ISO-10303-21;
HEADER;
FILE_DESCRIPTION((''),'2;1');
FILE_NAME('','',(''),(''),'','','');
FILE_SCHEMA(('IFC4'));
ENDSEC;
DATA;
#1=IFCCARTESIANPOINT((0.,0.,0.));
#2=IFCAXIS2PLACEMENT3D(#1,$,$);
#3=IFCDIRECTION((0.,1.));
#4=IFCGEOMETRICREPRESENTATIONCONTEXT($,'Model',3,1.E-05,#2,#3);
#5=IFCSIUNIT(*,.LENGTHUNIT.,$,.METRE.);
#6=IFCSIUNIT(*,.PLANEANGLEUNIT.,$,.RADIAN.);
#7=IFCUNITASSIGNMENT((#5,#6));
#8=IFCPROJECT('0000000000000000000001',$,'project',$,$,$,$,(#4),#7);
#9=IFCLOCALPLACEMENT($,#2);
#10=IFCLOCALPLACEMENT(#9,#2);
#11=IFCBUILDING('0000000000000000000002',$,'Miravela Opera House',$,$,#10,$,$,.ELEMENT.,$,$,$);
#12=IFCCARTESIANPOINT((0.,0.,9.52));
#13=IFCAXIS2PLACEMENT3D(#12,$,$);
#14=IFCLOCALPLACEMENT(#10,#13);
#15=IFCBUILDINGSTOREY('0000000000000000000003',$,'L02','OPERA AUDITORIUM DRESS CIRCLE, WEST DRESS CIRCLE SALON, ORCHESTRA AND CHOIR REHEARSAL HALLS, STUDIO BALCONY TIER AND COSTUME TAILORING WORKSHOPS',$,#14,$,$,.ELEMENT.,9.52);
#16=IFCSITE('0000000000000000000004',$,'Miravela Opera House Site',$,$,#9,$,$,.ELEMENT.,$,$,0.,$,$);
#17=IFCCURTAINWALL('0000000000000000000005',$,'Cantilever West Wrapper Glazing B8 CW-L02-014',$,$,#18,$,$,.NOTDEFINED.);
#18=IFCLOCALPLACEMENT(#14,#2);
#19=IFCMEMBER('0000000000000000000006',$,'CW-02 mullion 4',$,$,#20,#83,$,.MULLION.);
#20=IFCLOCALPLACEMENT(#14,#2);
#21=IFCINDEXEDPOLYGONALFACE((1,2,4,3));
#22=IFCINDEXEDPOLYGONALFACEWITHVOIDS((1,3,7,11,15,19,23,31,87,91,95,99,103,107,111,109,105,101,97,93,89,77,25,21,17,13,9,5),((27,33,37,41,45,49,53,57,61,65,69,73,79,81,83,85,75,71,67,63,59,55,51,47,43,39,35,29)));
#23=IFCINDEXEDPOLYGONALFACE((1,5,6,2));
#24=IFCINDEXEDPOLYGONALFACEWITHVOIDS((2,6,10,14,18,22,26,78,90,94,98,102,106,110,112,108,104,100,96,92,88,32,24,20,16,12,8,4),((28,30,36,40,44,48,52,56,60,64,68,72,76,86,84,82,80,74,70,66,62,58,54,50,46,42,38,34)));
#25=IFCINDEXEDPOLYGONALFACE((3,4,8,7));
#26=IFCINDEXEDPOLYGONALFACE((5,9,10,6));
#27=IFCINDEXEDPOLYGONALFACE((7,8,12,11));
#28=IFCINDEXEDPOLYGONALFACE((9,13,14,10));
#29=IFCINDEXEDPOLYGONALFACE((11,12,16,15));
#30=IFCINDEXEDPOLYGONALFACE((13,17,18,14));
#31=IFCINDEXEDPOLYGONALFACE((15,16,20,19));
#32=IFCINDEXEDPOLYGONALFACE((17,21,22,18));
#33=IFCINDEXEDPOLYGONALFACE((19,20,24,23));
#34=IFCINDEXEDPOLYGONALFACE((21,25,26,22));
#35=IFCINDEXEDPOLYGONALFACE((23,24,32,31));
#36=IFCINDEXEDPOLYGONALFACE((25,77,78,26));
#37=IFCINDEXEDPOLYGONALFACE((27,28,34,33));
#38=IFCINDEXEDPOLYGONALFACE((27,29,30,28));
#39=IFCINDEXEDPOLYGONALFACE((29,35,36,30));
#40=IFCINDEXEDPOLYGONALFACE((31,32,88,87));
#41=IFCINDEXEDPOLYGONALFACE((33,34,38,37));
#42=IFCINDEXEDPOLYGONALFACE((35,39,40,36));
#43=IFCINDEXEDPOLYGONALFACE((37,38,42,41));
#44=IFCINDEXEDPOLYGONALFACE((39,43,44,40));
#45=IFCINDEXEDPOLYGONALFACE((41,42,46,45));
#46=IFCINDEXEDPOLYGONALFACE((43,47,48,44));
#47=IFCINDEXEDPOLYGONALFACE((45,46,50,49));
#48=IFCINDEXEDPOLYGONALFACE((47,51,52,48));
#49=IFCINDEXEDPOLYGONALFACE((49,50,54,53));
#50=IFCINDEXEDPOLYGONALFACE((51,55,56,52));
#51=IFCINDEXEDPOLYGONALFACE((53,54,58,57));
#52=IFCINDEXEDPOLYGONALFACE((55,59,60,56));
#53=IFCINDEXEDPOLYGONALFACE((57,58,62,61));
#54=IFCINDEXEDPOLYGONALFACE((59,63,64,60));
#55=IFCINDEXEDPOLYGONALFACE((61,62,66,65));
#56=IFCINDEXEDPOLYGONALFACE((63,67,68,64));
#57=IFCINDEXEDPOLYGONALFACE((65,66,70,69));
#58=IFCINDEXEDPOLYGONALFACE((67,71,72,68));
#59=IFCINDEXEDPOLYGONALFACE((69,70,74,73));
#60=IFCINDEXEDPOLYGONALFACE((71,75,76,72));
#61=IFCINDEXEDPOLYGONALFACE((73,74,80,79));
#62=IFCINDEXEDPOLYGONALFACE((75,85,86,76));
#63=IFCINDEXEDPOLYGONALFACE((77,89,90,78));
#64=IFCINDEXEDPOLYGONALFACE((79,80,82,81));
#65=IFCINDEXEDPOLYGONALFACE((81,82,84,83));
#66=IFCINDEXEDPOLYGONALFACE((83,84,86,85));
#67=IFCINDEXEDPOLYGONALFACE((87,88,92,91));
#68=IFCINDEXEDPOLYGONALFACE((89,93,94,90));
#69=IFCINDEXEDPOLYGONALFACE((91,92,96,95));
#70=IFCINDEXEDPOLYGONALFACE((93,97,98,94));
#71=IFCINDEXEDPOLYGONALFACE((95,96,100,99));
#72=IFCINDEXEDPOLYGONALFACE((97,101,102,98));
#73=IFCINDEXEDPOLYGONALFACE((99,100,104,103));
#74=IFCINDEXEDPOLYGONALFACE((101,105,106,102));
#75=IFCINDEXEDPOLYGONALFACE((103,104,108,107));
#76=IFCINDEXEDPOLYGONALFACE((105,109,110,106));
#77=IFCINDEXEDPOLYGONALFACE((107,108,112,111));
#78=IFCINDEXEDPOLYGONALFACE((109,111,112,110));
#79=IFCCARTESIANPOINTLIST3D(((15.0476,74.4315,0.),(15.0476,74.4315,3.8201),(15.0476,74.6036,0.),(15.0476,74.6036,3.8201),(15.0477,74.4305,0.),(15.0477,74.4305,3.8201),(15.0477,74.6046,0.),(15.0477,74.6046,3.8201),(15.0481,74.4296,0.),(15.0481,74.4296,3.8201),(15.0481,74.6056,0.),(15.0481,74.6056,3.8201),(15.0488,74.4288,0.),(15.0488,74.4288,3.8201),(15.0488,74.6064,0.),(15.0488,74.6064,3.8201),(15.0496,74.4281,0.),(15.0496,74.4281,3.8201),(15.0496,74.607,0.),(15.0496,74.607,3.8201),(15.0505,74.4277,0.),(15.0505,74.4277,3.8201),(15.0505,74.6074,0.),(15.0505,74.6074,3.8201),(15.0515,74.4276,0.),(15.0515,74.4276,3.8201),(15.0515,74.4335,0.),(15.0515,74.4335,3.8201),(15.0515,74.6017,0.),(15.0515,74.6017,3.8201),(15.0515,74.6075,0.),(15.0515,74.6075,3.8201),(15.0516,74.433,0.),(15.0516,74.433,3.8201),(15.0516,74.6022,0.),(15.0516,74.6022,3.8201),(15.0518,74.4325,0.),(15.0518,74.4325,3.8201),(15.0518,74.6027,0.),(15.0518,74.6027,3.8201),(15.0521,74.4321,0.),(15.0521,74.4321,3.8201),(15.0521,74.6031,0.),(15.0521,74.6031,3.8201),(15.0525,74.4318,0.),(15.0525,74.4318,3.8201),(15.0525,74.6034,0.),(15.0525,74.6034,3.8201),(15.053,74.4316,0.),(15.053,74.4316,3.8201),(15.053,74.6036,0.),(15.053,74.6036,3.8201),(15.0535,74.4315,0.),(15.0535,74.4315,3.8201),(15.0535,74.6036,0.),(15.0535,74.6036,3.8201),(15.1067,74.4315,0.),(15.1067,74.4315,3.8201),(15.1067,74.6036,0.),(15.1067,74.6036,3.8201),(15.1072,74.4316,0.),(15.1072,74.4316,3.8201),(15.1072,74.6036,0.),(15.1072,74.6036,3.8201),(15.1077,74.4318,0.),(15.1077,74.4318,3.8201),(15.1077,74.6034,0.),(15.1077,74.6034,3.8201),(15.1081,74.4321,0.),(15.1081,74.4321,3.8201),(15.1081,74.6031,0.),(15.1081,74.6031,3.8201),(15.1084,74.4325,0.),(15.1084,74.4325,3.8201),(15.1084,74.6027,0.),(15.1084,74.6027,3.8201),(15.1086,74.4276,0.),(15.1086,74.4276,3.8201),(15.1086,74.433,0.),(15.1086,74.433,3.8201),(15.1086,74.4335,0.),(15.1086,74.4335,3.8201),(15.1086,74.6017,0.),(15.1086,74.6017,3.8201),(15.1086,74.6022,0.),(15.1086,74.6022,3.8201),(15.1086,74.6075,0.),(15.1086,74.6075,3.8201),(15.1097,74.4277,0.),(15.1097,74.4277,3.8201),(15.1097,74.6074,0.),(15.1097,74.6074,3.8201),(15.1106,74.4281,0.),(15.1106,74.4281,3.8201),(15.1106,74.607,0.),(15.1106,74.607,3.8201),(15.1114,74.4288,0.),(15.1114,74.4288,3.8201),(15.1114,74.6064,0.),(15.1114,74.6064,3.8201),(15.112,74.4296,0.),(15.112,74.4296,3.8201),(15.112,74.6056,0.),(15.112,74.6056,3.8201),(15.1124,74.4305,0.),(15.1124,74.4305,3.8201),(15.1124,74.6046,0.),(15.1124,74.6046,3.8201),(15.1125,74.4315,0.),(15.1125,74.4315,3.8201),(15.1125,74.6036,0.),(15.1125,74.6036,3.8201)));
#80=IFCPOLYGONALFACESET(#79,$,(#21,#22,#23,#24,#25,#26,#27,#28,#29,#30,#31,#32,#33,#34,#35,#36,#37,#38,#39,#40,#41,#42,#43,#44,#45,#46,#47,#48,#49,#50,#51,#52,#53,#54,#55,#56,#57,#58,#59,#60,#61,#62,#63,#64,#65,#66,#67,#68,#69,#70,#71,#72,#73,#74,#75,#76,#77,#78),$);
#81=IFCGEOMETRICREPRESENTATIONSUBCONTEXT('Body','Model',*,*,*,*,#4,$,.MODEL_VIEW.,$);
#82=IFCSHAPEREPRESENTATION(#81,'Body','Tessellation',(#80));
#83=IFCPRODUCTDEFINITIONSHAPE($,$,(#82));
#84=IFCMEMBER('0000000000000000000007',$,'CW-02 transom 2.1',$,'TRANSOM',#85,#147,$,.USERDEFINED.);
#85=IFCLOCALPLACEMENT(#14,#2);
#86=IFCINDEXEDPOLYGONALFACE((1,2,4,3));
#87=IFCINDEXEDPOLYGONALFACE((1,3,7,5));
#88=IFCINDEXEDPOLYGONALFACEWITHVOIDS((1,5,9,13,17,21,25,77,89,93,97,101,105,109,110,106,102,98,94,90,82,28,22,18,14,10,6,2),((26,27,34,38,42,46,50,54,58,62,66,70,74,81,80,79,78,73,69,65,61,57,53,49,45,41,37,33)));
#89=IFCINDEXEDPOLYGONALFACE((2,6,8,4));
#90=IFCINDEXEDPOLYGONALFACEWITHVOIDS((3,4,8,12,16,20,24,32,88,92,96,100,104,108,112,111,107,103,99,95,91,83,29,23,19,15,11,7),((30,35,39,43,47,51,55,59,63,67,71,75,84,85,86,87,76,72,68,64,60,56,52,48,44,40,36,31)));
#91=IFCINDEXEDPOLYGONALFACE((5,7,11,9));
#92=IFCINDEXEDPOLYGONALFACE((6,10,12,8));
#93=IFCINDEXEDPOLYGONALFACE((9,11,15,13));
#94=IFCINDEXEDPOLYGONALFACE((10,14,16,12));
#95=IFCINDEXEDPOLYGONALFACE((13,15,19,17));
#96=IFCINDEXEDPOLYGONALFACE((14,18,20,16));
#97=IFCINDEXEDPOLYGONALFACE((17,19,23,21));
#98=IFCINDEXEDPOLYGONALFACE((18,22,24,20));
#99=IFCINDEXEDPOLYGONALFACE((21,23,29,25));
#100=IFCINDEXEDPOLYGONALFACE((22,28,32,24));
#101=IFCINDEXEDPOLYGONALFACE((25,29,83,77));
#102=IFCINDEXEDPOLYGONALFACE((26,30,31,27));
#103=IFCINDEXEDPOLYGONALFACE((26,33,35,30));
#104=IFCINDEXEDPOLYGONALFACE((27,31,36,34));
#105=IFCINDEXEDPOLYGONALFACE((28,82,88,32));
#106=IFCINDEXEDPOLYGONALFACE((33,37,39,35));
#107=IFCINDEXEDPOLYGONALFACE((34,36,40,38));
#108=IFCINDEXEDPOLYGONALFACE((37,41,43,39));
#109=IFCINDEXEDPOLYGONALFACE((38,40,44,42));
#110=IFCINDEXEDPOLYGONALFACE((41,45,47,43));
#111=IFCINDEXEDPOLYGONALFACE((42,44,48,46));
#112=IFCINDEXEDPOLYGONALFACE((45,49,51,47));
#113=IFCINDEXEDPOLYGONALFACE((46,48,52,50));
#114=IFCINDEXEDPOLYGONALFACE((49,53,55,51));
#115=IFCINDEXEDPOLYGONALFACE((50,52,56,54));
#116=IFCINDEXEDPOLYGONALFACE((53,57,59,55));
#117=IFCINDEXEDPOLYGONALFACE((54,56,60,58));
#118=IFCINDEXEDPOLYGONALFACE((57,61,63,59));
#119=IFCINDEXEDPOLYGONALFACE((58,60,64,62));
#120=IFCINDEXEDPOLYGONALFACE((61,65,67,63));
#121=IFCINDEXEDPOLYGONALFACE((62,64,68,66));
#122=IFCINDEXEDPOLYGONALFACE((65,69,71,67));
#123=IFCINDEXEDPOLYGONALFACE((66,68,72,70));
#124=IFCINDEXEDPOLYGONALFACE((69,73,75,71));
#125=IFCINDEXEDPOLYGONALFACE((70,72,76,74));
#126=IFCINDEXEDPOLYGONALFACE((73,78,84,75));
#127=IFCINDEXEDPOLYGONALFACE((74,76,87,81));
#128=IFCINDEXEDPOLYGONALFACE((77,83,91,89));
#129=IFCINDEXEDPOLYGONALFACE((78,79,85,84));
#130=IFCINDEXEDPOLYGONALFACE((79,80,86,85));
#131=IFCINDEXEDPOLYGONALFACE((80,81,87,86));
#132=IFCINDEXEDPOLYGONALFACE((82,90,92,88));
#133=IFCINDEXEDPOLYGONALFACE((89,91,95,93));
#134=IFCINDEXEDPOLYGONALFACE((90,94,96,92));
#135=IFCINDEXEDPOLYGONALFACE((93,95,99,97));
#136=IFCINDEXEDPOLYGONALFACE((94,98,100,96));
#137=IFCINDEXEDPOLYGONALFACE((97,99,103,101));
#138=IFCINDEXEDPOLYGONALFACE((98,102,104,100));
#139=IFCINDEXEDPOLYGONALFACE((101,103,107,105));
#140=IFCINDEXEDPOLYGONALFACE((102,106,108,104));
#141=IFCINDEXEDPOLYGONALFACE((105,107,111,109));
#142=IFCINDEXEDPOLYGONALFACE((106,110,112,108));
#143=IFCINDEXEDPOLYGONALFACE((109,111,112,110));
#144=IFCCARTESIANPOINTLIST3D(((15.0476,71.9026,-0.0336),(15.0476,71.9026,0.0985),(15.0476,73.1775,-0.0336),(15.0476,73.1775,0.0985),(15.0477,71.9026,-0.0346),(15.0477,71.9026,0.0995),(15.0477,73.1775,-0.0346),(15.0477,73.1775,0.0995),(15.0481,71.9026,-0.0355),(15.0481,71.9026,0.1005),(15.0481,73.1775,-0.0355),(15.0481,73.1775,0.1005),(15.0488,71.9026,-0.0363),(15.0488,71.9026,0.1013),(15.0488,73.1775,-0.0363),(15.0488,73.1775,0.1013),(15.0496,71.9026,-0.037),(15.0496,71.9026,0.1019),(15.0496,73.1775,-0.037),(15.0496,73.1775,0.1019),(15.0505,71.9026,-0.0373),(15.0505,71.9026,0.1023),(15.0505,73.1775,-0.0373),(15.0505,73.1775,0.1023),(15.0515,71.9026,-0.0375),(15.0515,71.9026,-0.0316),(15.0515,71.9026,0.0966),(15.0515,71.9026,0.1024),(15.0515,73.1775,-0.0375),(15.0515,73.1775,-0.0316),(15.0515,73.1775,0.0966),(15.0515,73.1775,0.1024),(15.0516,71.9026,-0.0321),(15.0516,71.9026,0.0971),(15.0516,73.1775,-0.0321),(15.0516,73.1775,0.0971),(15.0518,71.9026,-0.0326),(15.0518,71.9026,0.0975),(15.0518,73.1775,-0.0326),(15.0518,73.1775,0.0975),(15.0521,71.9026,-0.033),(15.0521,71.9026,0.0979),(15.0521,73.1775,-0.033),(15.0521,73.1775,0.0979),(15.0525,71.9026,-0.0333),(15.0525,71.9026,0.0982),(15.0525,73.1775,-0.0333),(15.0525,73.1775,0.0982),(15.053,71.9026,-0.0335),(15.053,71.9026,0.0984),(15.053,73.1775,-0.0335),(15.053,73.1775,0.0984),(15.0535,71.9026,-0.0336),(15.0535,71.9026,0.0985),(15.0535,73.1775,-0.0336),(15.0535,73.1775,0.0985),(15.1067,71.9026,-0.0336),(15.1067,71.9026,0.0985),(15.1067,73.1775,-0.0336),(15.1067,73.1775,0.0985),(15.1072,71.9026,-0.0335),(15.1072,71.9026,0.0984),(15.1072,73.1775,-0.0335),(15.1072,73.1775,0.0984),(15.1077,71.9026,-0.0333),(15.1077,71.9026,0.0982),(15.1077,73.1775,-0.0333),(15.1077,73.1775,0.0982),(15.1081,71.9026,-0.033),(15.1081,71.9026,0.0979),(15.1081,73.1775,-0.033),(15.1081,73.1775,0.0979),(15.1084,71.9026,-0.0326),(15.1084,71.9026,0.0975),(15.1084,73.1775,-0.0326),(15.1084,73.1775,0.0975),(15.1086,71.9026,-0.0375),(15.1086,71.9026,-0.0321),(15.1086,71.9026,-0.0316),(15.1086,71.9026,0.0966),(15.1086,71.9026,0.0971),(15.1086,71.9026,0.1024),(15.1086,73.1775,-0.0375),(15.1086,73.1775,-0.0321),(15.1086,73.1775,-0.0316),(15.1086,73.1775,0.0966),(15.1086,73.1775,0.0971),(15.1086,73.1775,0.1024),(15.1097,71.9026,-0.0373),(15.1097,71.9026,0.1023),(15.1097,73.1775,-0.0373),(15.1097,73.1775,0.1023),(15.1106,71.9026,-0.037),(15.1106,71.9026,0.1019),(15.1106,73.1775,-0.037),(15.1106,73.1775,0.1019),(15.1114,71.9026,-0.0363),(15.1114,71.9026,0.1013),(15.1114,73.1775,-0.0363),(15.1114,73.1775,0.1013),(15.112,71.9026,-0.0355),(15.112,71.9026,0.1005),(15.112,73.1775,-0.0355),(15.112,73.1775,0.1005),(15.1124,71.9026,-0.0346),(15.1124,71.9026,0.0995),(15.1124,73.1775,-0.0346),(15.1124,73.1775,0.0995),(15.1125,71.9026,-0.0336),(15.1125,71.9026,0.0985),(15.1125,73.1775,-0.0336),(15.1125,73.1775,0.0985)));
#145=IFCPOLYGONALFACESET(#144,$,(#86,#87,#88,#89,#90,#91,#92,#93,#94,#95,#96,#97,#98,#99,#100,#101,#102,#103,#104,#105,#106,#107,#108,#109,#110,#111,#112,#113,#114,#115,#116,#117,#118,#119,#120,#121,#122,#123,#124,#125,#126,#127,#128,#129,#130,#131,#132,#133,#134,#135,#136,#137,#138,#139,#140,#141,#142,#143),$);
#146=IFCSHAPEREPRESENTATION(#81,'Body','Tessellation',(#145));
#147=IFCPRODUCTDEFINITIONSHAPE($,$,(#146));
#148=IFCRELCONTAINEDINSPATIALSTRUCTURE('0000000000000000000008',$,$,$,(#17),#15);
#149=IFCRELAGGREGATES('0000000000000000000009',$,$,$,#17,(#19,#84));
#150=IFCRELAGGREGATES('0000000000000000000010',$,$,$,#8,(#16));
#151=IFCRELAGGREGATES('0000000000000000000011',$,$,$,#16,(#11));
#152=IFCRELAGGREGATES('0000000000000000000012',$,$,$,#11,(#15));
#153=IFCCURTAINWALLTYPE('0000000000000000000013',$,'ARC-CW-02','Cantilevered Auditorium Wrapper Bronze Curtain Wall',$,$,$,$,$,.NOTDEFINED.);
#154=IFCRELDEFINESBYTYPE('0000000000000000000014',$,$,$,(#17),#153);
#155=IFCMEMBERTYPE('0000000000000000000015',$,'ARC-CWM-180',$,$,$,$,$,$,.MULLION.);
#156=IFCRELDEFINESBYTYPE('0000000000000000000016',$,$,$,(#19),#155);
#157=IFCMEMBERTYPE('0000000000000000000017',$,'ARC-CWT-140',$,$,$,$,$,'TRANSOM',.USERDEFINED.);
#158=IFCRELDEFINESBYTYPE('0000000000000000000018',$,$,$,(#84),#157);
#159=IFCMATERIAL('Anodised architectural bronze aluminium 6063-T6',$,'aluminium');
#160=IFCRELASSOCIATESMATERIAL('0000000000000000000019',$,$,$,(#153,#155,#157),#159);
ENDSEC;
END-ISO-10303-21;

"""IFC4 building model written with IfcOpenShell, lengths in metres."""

from ifc_helpers import new_model, si_unit, direction, frame, origin, origin_2d, place, context, subcontext, project, spatial, hollow_rectangle, extrude, material, material_profile, profile_set, type_object, element, aggregate, save


model = new_model("IFC4")

# Units and contexts
model_context = context("Model", 3, precision=1e-05, world=origin(), true_north=direction((0.0, 1.0)))
body_context = subcontext(model_context, "Body", "Model", "MODEL_VIEW")
ifc_project = project(units=[si_unit("LENGTHUNIT", "METRE"), si_unit("PLANEANGLEUNIT", "RADIAN")], contexts=[model_context])

# Site, building, storey
site_placement = place(None, origin())
site = spatial("IfcSite", under=ifc_project, at=site_placement, Name="Miravela Opera House Site", CompositionType="ELEMENT", RefElevation=0.0)
building_placement = place(site_placement, origin())
building = spatial("IfcBuilding", under=site, at=building_placement, Name="Miravela Opera House", CompositionType="ELEMENT")
storey_placement = place(building_placement, frame((0.0, 0.0, 9.52)))
storey = spatial("IfcBuildingStorey", under=building, at=storey_placement, Name="L02", Description="OPERA AUDITORIUM DRESS CIRCLE, WEST DRESS CIRCLE SALON, ORCHESTRA AND CHOIR REHEARSAL HALLS, STUDIO BALCONY TIER AND COSTUME TAILORING WORKSHOPS", CompositionType="ELEMENT", Elevation=9.52)

# Curtain wall, members
ifc_material_1 = material(Name="Anodised architectural bronze aluminium 6063-T6", Category="aluminium")
curtain_wall_type = type_object("IfcCurtainWallType", Name="ARC-CW-02", Description="Cantilevered Auditorium Wrapper Bronze Curtain Wall", PredefinedType="NOTDEFINED", material=ifc_material_1)
curtain_wall_placement = place(storey_placement, origin())
curtain_wall = element("IfcCurtainWall", 1, at=curtain_wall_placement, inside=storey, type_object=curtain_wall_type, Name="Cantilever West Wrapper Glazing B8 CW-L02-014", PredefinedType="NOTDEFINED")
ifc_material_profile_1 = material_profile(ifc_material_1, hollow_rectangle(XDim=0.0649, YDim=0.1799, WallThickness=0.0039, InnerFilletRadius=0.002, OuterFilletRadius=0.0039, at=origin_2d()), Name="CWM-65X180")
ifc_profile_set_1 = profile_set([ifc_material_profile_1])
member_type_1 = type_object("IfcMemberType", Name="ARC-CWM-180", PredefinedType="MULLION", material=ifc_profile_set_1)
member_1_placement = place(storey_placement, frame((15.0801, 74.5176, 0.0), z_axis=(0.0, 0.0, 1.0), x_axis=(-1.0, 0.0, 0.0)))
member_1 = element("IfcMember", 2, at=member_1_placement, type_object=member_type_1, Name="CW-02 mullion 4", PredefinedType="MULLION", context=body_context, shape_type="SweptSolid", body=[
    extrude(hollow_rectangle(XDim=0.0649, YDim=0.1799, WallThickness=0.0039, InnerFilletRadius=0.002, OuterFilletRadius=0.0039, at=origin_2d()), origin(), (0.0, 0.0, 1.0), 3.8201),
])
ifc_material_profile_2 = material_profile(ifc_material_1, hollow_rectangle(XDim=0.0649, YDim=0.1399, WallThickness=0.0039, InnerFilletRadius=0.002, OuterFilletRadius=0.0039, at=origin_2d()), Name="CWT-65X140")
ifc_profile_set_2 = profile_set([ifc_material_profile_2])
member_type_2 = type_object("IfcMemberType", Name="ARC-CWT-140", ElementType="TRANSOM", PredefinedType="USERDEFINED", material=ifc_profile_set_2)
member_2_placement = place(storey_placement, frame((15.0801, 71.9026, 0.0325), z_axis=(0.0, 1.0, 0.0), x_axis=(-1.0, 0.0, 0.0)))
member_2 = element("IfcMember", 3, at=member_2_placement, type_object=member_type_2, Name="CW-02 transom 2.1", ObjectType="TRANSOM", PredefinedType="USERDEFINED", context=body_context, shape_type="SweptSolid", body=[
    extrude(hollow_rectangle(XDim=0.0649, YDim=0.1399, WallThickness=0.0039, InnerFilletRadius=0.002, OuterFilletRadius=0.0039, at=origin_2d()), origin(), (0.0, 0.0, 1.0), 1.2749),
])

aggregate(curtain_wall, [member_1, member_2])

save(model, "model.ifc")
